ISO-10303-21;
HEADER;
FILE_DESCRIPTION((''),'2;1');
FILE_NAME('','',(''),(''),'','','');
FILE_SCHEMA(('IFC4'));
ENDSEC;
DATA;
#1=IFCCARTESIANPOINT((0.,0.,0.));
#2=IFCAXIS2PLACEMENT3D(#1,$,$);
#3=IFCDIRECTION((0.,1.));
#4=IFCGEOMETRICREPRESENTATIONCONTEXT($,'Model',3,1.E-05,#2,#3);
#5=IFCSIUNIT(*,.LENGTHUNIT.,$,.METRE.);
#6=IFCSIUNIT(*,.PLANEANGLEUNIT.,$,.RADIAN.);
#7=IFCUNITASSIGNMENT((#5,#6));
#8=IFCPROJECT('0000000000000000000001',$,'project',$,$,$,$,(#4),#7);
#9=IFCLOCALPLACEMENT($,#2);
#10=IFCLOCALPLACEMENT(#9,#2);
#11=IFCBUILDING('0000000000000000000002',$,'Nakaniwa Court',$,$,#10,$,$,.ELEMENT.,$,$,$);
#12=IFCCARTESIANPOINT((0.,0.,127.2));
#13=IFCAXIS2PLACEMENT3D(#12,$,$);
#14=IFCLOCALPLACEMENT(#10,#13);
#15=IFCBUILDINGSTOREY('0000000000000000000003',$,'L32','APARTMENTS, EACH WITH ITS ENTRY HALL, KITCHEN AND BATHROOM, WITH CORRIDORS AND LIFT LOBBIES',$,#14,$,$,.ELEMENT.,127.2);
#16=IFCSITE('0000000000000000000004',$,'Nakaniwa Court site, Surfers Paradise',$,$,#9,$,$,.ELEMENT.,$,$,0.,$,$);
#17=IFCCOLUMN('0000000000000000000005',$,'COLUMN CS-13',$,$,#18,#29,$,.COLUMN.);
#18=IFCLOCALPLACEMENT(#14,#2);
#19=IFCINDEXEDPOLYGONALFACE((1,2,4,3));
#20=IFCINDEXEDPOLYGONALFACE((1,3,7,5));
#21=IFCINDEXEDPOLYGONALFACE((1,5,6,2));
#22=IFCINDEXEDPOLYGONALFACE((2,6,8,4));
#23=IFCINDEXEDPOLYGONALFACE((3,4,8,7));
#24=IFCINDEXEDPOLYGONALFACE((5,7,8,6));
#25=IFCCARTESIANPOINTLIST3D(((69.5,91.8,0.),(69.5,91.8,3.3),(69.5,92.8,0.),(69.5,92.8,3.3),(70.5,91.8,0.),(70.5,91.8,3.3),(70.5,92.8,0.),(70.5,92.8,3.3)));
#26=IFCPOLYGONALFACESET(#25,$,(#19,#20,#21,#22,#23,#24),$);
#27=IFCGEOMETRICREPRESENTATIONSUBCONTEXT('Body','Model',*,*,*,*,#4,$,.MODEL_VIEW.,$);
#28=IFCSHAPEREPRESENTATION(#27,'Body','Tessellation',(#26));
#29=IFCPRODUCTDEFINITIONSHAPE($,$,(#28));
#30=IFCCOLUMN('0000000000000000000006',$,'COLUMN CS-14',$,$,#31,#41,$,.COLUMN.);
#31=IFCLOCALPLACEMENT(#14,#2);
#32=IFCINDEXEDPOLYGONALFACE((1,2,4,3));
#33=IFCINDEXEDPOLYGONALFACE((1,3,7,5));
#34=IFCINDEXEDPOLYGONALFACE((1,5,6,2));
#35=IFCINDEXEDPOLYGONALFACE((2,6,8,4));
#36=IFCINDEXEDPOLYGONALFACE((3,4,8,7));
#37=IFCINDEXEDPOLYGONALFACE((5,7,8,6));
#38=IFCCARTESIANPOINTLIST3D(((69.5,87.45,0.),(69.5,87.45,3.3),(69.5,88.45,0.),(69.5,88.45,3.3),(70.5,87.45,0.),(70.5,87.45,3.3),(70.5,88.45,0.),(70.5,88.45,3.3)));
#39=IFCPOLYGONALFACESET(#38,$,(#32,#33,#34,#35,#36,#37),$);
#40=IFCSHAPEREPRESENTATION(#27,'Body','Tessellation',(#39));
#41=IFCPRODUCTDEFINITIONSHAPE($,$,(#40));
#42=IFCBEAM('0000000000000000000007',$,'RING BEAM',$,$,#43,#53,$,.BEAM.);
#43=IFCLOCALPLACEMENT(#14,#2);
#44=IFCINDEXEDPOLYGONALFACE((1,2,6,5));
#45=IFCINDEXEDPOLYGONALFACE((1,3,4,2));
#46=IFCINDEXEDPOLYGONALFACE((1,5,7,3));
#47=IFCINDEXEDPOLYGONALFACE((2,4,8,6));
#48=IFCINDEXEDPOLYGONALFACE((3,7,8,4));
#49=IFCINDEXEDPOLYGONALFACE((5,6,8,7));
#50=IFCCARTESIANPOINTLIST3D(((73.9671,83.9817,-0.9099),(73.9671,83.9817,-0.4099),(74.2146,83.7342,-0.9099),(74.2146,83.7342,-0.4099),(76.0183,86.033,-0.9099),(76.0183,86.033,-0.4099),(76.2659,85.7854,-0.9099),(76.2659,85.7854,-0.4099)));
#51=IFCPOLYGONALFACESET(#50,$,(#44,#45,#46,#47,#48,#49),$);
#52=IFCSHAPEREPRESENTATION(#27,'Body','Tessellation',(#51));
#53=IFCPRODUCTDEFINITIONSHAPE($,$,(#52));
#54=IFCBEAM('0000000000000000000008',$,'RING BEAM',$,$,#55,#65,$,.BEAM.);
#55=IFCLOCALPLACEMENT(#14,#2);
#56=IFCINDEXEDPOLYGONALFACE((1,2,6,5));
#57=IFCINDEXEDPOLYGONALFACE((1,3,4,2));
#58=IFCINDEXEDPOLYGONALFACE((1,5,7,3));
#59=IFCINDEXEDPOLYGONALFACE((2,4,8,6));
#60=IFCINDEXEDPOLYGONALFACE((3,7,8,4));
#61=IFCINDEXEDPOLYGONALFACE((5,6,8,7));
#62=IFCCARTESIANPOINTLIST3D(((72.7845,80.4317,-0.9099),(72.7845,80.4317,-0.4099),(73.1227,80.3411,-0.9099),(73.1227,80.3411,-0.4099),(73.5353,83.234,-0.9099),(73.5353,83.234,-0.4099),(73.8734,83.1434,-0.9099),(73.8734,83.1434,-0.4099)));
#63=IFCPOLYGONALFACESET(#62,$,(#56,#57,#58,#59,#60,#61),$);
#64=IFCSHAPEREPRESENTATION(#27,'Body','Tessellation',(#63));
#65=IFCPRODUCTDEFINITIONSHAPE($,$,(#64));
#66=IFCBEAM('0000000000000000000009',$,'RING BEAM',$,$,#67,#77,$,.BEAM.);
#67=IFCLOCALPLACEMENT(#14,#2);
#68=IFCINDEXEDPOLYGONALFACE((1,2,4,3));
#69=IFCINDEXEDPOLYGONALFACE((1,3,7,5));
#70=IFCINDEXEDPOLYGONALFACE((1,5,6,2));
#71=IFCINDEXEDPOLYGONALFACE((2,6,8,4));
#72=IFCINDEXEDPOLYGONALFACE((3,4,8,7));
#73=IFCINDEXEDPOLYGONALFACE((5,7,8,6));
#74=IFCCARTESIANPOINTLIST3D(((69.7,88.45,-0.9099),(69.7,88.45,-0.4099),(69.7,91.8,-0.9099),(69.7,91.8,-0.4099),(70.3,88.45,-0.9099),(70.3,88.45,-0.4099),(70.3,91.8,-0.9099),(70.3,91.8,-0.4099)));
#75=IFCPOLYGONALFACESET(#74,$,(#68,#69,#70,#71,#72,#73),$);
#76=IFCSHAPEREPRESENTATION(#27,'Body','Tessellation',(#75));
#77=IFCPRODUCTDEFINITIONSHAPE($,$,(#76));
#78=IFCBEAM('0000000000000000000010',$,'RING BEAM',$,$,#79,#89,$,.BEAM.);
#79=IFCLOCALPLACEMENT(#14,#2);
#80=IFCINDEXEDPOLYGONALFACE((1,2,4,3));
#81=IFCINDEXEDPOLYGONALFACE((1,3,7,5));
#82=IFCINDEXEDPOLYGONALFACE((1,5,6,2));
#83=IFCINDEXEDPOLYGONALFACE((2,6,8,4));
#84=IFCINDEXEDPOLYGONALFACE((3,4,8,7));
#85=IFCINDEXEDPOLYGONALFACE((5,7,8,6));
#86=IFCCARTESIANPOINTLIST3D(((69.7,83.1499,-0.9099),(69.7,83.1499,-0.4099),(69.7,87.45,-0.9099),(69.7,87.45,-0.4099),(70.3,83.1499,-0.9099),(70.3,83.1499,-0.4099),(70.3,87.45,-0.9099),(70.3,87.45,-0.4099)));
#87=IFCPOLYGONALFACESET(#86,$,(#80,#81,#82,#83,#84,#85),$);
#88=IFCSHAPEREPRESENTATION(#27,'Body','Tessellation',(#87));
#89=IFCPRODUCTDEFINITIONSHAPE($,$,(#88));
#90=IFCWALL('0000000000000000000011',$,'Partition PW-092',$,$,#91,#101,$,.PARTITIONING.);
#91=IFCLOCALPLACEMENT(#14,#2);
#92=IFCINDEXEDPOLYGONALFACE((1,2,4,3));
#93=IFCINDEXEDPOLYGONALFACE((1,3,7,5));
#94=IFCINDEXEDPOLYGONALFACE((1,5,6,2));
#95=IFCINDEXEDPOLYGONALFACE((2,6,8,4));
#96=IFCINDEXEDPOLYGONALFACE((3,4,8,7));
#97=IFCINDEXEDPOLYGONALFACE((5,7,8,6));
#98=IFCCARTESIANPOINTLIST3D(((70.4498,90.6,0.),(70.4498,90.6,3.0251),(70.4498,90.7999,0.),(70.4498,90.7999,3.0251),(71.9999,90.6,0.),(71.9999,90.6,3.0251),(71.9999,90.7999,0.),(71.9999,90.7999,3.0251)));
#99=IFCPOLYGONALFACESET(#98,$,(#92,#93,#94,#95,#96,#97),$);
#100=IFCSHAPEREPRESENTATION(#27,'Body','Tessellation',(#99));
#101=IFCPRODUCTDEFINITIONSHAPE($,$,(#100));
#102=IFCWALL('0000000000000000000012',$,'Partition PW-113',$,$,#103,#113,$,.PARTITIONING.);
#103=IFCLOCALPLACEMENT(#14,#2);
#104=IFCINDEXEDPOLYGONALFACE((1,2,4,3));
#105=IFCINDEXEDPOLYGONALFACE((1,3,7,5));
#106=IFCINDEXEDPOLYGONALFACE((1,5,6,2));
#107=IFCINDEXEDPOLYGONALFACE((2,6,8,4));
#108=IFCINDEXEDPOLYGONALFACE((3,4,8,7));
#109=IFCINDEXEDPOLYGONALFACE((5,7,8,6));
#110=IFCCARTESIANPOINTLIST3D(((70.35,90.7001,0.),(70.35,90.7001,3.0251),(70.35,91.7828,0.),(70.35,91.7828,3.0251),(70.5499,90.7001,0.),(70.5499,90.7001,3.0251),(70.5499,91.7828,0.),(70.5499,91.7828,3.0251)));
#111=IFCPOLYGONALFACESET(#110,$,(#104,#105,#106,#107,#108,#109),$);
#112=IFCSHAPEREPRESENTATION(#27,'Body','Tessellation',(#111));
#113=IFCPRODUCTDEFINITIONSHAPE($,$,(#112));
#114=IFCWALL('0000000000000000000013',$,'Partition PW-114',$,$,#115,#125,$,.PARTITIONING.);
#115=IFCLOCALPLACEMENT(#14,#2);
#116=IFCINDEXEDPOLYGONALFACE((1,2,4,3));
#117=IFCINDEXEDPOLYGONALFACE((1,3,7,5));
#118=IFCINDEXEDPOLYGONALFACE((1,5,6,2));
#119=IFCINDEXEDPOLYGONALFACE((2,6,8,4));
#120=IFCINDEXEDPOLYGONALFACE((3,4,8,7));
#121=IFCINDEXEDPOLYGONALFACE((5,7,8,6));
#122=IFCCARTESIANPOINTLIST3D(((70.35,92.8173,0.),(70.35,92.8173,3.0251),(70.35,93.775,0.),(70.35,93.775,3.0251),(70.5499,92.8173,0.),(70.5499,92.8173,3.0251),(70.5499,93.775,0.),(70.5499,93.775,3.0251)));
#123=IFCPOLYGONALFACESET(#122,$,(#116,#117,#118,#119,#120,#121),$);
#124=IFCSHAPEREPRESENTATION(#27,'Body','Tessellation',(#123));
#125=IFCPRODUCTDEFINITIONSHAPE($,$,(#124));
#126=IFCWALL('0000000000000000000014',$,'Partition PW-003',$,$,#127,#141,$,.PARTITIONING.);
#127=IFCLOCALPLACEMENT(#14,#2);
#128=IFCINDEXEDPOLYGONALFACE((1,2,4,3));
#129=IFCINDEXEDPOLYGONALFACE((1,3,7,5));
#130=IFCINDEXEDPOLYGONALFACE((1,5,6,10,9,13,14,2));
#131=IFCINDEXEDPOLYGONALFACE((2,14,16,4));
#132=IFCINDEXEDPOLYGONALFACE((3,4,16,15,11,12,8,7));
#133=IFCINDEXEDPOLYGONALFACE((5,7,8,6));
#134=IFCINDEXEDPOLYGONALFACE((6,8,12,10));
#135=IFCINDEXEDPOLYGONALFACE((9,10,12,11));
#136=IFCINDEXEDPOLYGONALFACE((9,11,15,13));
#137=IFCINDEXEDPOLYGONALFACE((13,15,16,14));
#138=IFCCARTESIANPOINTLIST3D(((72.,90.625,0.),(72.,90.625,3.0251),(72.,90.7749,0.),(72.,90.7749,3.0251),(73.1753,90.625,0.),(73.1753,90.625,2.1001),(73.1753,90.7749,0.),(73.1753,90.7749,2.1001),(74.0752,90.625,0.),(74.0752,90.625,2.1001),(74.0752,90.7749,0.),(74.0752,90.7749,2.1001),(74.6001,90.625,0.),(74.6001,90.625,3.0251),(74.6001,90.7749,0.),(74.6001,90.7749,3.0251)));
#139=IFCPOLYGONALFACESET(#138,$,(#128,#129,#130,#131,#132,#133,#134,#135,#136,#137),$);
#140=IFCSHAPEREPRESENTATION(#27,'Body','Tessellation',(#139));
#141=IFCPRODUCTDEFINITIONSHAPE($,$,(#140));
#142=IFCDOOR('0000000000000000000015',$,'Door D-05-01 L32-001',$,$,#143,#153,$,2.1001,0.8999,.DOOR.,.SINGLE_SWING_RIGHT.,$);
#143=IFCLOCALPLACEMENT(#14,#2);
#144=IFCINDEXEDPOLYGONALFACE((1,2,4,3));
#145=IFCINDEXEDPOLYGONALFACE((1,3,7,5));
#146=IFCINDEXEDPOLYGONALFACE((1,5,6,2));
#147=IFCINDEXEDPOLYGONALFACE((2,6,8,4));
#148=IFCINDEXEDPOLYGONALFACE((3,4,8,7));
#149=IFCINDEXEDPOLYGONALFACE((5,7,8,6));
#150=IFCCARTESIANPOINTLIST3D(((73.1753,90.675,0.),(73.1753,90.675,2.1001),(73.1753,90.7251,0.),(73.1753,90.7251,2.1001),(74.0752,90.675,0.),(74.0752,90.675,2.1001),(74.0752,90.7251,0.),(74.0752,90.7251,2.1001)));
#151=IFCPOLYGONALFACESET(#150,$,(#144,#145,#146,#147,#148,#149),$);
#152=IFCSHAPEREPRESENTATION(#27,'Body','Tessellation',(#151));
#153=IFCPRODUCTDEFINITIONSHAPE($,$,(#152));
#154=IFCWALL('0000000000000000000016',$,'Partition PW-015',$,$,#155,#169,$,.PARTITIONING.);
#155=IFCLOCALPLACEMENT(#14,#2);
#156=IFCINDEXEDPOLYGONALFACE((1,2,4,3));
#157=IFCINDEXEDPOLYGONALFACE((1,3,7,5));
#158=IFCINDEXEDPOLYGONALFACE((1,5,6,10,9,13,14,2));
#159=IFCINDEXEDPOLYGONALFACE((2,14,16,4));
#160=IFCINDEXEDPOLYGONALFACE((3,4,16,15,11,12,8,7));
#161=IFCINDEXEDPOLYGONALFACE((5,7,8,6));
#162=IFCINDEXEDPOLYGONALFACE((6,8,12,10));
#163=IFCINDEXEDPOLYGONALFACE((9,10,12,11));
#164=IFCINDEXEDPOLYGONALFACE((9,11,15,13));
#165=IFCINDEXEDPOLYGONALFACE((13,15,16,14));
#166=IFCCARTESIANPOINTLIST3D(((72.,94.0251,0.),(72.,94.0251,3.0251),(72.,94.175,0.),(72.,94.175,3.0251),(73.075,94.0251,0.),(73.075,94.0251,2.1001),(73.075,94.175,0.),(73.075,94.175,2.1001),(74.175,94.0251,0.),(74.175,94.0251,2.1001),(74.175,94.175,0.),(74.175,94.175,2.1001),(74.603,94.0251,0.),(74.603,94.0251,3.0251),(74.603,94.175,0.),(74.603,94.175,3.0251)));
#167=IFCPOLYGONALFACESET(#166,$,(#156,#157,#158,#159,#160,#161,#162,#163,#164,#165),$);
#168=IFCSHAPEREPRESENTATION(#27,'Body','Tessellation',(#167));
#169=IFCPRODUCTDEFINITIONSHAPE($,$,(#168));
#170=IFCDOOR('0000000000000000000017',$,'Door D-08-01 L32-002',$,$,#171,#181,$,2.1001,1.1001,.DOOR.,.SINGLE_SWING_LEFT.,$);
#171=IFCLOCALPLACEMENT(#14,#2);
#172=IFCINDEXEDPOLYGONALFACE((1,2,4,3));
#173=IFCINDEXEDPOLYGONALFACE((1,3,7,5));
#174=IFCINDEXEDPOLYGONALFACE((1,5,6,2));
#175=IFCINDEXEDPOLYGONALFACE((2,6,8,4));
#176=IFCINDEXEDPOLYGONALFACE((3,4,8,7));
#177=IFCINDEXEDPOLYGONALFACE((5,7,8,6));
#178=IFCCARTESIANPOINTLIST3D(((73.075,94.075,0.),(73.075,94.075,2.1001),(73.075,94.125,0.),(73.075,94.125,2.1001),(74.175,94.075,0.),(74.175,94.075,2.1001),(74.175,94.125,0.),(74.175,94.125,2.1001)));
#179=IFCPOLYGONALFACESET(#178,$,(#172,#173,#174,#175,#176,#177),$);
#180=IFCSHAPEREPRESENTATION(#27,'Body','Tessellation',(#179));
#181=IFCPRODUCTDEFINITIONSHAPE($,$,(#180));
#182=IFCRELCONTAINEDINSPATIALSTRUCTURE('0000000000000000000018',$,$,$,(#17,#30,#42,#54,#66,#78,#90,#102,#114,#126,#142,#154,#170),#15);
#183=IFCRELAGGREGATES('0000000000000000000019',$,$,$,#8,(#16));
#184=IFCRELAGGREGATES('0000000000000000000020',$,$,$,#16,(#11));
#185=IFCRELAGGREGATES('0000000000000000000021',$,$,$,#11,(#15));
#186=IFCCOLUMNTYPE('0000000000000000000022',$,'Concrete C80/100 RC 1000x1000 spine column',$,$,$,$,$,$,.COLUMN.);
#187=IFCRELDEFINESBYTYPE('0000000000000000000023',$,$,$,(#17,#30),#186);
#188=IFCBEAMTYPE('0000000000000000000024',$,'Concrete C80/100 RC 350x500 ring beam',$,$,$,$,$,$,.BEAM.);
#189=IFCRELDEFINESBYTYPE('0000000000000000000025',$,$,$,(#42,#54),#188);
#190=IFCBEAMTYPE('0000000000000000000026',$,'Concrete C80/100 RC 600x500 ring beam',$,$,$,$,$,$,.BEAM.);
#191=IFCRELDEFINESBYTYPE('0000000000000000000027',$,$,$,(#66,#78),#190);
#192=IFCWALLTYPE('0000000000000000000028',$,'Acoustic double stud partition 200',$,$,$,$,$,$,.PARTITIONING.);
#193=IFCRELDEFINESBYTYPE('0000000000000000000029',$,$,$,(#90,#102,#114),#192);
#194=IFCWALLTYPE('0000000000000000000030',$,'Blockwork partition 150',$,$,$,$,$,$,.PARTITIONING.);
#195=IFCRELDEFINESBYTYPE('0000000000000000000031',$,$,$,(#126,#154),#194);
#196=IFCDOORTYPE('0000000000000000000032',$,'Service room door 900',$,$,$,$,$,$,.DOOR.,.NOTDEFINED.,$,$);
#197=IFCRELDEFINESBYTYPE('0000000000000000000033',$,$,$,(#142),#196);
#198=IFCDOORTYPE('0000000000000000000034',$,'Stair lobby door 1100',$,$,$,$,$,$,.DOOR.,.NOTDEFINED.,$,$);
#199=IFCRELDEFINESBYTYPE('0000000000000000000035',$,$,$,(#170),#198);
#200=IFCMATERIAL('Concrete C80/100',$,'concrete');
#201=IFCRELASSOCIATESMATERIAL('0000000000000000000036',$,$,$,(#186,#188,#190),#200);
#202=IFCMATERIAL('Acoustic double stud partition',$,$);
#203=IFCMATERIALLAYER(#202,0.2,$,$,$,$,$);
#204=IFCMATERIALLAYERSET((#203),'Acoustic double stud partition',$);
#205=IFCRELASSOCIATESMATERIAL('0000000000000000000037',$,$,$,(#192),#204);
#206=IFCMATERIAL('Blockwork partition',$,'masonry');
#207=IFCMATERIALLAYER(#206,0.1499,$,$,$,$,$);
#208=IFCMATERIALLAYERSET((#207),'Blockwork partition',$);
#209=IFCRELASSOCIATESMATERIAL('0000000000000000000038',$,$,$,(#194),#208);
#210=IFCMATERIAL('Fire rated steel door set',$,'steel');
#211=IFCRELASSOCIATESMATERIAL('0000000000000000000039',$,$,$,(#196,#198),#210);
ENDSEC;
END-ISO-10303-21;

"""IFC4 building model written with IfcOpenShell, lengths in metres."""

from ifc_helpers import new_model, si_unit, direction, frame, frame_2d, origin, origin_2d, place, context, subcontext, project, spatial, rectangle, extrude, material, layer, layer_set, material_profile, profile_set, type_object, element, fill, save


model = new_model("IFC4")

# Units and contexts
model_context = context("Model", 3, precision=1e-05, world=origin(), true_north=direction((0.0, 1.0)))
body_context = subcontext(model_context, "Body", "Model", "MODEL_VIEW")
ifc_project = project(units=[si_unit("LENGTHUNIT", "METRE"), si_unit("PLANEANGLEUNIT", "RADIAN")], contexts=[model_context])

# Site, building, storey
site_placement = place(None, origin())
site = spatial("IfcSite", under=ifc_project, at=site_placement, Name="Nakaniwa Court site, Surfers Paradise", CompositionType="ELEMENT", RefElevation=0.0)
building_placement = place(site_placement, origin())
building = spatial("IfcBuilding", under=site, at=building_placement, Name="Nakaniwa Court", CompositionType="ELEMENT")
storey_placement = place(building_placement, frame((0.0, 0.0, 127.2)))
storey = spatial("IfcBuildingStorey", under=building, at=storey_placement, Name="L32", Description="APARTMENTS, EACH WITH ITS ENTRY HALL, KITCHEN AND BATHROOM, WITH CORRIDORS AND LIFT LOBBIES", CompositionType="ELEMENT", Elevation=127.2)

# Columns
ifc_material_1 = material(Name="Concrete C80/100", Category="concrete")
ifc_material_profile_1 = material_profile(ifc_material_1, rectangle(XDim=1.0, YDim=1.0, at=origin_2d()), Name="Concrete C80/100 RC 1000x1000 spine column")
ifc_profile_set_1 = profile_set([ifc_material_profile_1], Name="Concrete C80/100")
column_type_1 = type_object("IfcColumnType", Name="Concrete C80/100 RC 1000x1000 spine column", PredefinedType="COLUMN", material=ifc_profile_set_1)
for number, where, z_axis, x_axis, name in (
    (1, (70.0, 92.3, 0.0), (0.0, 0.0, 1.0), (0.0, -1.0, 0.0), "COLUMN CS-13"),
    (2, (70.0, 87.95, 0.0), (0.0, 0.0, 1.0), (0.0, -1.0, 0.0), "COLUMN CS-14"),
):
    element("IfcColumn", number, at=place(storey_placement, frame(where, z_axis=z_axis, x_axis=x_axis)), inside=storey, type_object=column_type_1, Name=name, PredefinedType="COLUMN", context=body_context, shape_type="SweptSolid", body=[
        extrude(rectangle(XDim=1.0, YDim=1.0, at=origin_2d()), origin(), (0.0, 0.0, 1.0), 3.3),
    ])

# Beams
ifc_material_profile_2 = material_profile(ifc_material_1, rectangle(XDim=0.3501, YDim=0.5, at=origin_2d()), Name="Concrete C80/100 RC 350x500 ring beam")
ifc_profile_set_2 = profile_set([ifc_material_profile_2], Name="Concrete C80/100")
beam_type_1 = type_object("IfcBeamType", Name="Concrete C80/100 RC 350x500 ring beam", PredefinedType="BEAM", material=ifc_profile_set_2)
beam_1_placement = place(storey_placement, frame((76.1421, 85.9092, -0.6599), z_axis=(-0.707107, -0.707107, 0.0), x_axis=(0.707107, -0.707107, 0.0)))
element("IfcBeam", 3, at=beam_1_placement, inside=storey, type_object=beam_type_1, Name="RING BEAM", PredefinedType="BEAM", context=body_context, shape_type="SweptSolid", body=[
    extrude(rectangle(XDim=0.3501, YDim=0.5, at=origin_2d()), origin(), (0.0, 0.0, 1.0), 2.9009),
])
beam_2_placement = place(storey_placement, frame((73.7043, 83.1887, -0.6599), z_axis=(-0.258778, -0.965937, 0.0), x_axis=(0.965937, -0.258778, 0.0)))
element("IfcBeam", 4, at=beam_2_placement, inside=storey, type_object=beam_type_1, Name="RING BEAM", PredefinedType="BEAM", context=body_context, shape_type="SweptSolid", body=[
    extrude(rectangle(XDim=0.3501, YDim=0.5, at=origin_2d()), origin(), (0.0, 0.0, 1.0), 2.9011),
])
ifc_material_profile_3 = material_profile(ifc_material_1, rectangle(XDim=0.6001, YDim=0.5, at=origin_2d()), Name="Concrete C80/100 RC 600x500 ring beam")
ifc_profile_set_3 = profile_set([ifc_material_profile_3], Name="Concrete C80/100")
beam_type_2 = type_object("IfcBeamType", Name="Concrete C80/100 RC 600x500 ring beam", PredefinedType="BEAM", material=ifc_profile_set_3)
beam_3_placement = place(storey_placement, frame((70.0, 91.8, -0.6599), z_axis=(0.0, -1.0, 0.0), x_axis=(1.0, 0.0, 0.0)))
element("IfcBeam", 5, at=beam_3_placement, inside=storey, type_object=beam_type_2, Name="RING BEAM", PredefinedType="BEAM", context=body_context, shape_type="SweptSolid", body=[
    extrude(rectangle(XDim=0.6001, YDim=0.5, at=origin_2d()), origin(), (0.0, 0.0, 1.0), 3.3501),
])
beam_4_placement = place(storey_placement, frame((70.0, 87.45, -0.6599), z_axis=(0.0, -1.0, 0.0), x_axis=(1.0, 0.0, 0.0)))
element("IfcBeam", 6, at=beam_4_placement, inside=storey, type_object=beam_type_2, Name="RING BEAM", PredefinedType="BEAM", context=body_context, shape_type="SweptSolid", body=[
    extrude(rectangle(XDim=0.6001, YDim=0.5, at=origin_2d()), origin(), (0.0, 0.0, 1.0), 4.3),
])

# Walls
ifc_material_2 = material(Name="Acoustic double stud partition")
ifc_layer_1 = layer(ifc_material_2, 0.2)
ifc_layer_set_1 = layer_set([ifc_layer_1], Name="Acoustic double stud partition")
wall_type_1 = type_object("IfcWallType", Name="Acoustic double stud partition 200", PredefinedType="PARTITIONING", material=ifc_layer_set_1)
wall_1_placement = place(storey_placement, frame((70.45, 90.7, 0.0), z_axis=(0.0, 0.0, 1.0), x_axis=(1.0, 0.0, 0.0)))
element("IfcWall", 7, at=wall_1_placement, inside=storey, type_object=wall_type_1, Name="Partition PW-092", PredefinedType="PARTITIONING", context=body_context, shape_type="SweptSolid", body=[
    extrude(rectangle(XDim=1.55, YDim=0.2, at=frame_2d((0.7749, 0.0))), origin(), (0.0, 0.0, 1.0), 3.0251),
])
wall_2_placement = place(storey_placement, frame((70.45, 90.7, 0.0), z_axis=(0.0, 0.0, 1.0), x_axis=(0.0, 1.0, 0.0)))
element("IfcWall", 8, at=wall_2_placement, inside=storey, type_object=wall_type_1, Name="Partition PW-113", PredefinedType="PARTITIONING", context=body_context, shape_type="SweptSolid", body=[
    extrude(rectangle(XDim=1.0828, YDim=0.2, at=frame_2d((0.5415, 0.0))), origin(), (0.0, 0.0, 1.0), 3.0251),
])
wall_3_placement = place(storey_placement, frame((70.45, 92.8171, 0.0), z_axis=(0.0, 0.0, 1.0), x_axis=(0.0, 1.0, 0.0)))
element("IfcWall", 9, at=wall_3_placement, inside=storey, type_object=wall_type_1, Name="Partition PW-114", PredefinedType="PARTITIONING", context=body_context, shape_type="SweptSolid", body=[
    extrude(rectangle(XDim=0.9578, YDim=0.2, at=frame_2d((0.479, 0.0))), origin(), (0.0, 0.0, 1.0), 3.0251),
])

# Walls, openings, doors
ifc_material_3 = material(Name="Blockwork partition", Category="masonry")
ifc_layer_2 = layer(ifc_material_3, 0.1499)
ifc_layer_set_2 = layer_set([ifc_layer_2], Name="Blockwork partition")
wall_type_2 = type_object("IfcWallType", Name="Blockwork partition 150", PredefinedType="PARTITIONING", material=ifc_layer_set_2)
wall_4_placement = place(storey_placement, frame((74.6001, 90.7, 0.0), z_axis=(0.0, 0.0, 1.0), x_axis=(-1.0, 0.0, 0.0)))
wall_4 = element("IfcWall", 10, at=wall_4_placement, inside=storey, type_object=wall_type_2, Name="Partition PW-003", PredefinedType="PARTITIONING", context=body_context, shape_type="SweptSolid", body=[
    extrude(rectangle(XDim=2.6001, YDim=0.1499, at=frame_2d((1.3, 0.0))), origin(), (0.0, 0.0, 1.0), 3.0251),
])
opening_1_placement = place(wall_4_placement, frame((0.5249, 0.0, 0.0)))
opening_1 = element("IfcOpeningElement", 11, at=opening_1_placement, cuts=wall_4, PredefinedType="OPENING", context=body_context, shape_type="SweptSolid", body=[
    extrude(rectangle(XDim=0.8999, YDim=2.1001, at=frame_2d((0.45, 1.05))), frame((0.0, 0.085, 0.0), z_axis=(0.0, -1.0, 0.0), x_axis=(1.0, 0.0, 0.0)), (0.0, 0.0, 1.0), 0.1699),
])
ifc_material_4 = material(Name="Fire rated steel door set", Category="steel")
door_type_1 = type_object("IfcDoorType", Name="Service room door 900", OperationType="NOTDEFINED", PredefinedType="DOOR", material=ifc_material_4)
door_1_placement = place(opening_1_placement, origin())
door_1 = element("IfcDoor", 12, at=door_1_placement, inside=storey, type_object=door_type_1, Name="Door D-05-01 L32-001", OperationType="SINGLE_SWING_RIGHT", OverallHeight=2.1001, OverallWidth=0.8999, PredefinedType="DOOR", context=body_context, shape_type="SweptSolid", body=[
    extrude(rectangle(XDim=0.8999, YDim=2.1001, at=frame_2d((0.45, 1.05))), frame((0.0, 0.0249, 0.0), z_axis=(0.0, -1.0, 0.0), x_axis=(1.0, 0.0, 0.0)), (0.0, 0.0, 1.0), 0.05),
])
fill(opening_1, door_1)
wall_5_placement = place(storey_placement, frame((72.0, 94.1001, 0.0), z_axis=(0.0, 0.0, 1.0), x_axis=(1.0, 0.0, 0.0)))
wall_5 = element("IfcWall", 13, at=wall_5_placement, inside=storey, type_object=wall_type_2, Name="Partition PW-015", PredefinedType="PARTITIONING", context=body_context, shape_type="SweptSolid", body=[
    extrude(rectangle(XDim=2.603, YDim=0.1499, at=frame_2d((1.3015, 0.0))), origin(), (0.0, 0.0, 1.0), 3.0251),
])
opening_2_placement = place(wall_5_placement, frame((1.075, 0.0, 0.0)))
opening_2 = element("IfcOpeningElement", 14, at=opening_2_placement, cuts=wall_5, PredefinedType="OPENING", context=body_context, shape_type="SweptSolid", body=[
    extrude(rectangle(XDim=1.1001, YDim=2.1001, at=frame_2d((0.55, 1.05))), frame((0.0, 0.085, 0.0), z_axis=(0.0, -1.0, 0.0), x_axis=(1.0, 0.0, 0.0)), (0.0, 0.0, 1.0), 0.1699),
])
door_type_2 = type_object("IfcDoorType", Name="Stair lobby door 1100", OperationType="NOTDEFINED", PredefinedType="DOOR", material=ifc_material_4)
door_2_placement = place(opening_2_placement, origin())
door_2 = element("IfcDoor", 15, at=door_2_placement, inside=storey, type_object=door_type_2, Name="Door D-08-01 L32-002", OperationType="SINGLE_SWING_LEFT", OverallHeight=2.1001, OverallWidth=1.1001, PredefinedType="DOOR", context=body_context, shape_type="SweptSolid", body=[
    extrude(rectangle(XDim=1.1001, YDim=2.1001, at=frame_2d((0.55, 1.05))), frame((0.0, 0.0249, 0.0), z_axis=(0.0, -1.0, 0.0), x_axis=(1.0, 0.0, 0.0)), (0.0, 0.0, 1.0), 0.05),
])
fill(opening_2, door_2)

save(model, "model.ifc")
